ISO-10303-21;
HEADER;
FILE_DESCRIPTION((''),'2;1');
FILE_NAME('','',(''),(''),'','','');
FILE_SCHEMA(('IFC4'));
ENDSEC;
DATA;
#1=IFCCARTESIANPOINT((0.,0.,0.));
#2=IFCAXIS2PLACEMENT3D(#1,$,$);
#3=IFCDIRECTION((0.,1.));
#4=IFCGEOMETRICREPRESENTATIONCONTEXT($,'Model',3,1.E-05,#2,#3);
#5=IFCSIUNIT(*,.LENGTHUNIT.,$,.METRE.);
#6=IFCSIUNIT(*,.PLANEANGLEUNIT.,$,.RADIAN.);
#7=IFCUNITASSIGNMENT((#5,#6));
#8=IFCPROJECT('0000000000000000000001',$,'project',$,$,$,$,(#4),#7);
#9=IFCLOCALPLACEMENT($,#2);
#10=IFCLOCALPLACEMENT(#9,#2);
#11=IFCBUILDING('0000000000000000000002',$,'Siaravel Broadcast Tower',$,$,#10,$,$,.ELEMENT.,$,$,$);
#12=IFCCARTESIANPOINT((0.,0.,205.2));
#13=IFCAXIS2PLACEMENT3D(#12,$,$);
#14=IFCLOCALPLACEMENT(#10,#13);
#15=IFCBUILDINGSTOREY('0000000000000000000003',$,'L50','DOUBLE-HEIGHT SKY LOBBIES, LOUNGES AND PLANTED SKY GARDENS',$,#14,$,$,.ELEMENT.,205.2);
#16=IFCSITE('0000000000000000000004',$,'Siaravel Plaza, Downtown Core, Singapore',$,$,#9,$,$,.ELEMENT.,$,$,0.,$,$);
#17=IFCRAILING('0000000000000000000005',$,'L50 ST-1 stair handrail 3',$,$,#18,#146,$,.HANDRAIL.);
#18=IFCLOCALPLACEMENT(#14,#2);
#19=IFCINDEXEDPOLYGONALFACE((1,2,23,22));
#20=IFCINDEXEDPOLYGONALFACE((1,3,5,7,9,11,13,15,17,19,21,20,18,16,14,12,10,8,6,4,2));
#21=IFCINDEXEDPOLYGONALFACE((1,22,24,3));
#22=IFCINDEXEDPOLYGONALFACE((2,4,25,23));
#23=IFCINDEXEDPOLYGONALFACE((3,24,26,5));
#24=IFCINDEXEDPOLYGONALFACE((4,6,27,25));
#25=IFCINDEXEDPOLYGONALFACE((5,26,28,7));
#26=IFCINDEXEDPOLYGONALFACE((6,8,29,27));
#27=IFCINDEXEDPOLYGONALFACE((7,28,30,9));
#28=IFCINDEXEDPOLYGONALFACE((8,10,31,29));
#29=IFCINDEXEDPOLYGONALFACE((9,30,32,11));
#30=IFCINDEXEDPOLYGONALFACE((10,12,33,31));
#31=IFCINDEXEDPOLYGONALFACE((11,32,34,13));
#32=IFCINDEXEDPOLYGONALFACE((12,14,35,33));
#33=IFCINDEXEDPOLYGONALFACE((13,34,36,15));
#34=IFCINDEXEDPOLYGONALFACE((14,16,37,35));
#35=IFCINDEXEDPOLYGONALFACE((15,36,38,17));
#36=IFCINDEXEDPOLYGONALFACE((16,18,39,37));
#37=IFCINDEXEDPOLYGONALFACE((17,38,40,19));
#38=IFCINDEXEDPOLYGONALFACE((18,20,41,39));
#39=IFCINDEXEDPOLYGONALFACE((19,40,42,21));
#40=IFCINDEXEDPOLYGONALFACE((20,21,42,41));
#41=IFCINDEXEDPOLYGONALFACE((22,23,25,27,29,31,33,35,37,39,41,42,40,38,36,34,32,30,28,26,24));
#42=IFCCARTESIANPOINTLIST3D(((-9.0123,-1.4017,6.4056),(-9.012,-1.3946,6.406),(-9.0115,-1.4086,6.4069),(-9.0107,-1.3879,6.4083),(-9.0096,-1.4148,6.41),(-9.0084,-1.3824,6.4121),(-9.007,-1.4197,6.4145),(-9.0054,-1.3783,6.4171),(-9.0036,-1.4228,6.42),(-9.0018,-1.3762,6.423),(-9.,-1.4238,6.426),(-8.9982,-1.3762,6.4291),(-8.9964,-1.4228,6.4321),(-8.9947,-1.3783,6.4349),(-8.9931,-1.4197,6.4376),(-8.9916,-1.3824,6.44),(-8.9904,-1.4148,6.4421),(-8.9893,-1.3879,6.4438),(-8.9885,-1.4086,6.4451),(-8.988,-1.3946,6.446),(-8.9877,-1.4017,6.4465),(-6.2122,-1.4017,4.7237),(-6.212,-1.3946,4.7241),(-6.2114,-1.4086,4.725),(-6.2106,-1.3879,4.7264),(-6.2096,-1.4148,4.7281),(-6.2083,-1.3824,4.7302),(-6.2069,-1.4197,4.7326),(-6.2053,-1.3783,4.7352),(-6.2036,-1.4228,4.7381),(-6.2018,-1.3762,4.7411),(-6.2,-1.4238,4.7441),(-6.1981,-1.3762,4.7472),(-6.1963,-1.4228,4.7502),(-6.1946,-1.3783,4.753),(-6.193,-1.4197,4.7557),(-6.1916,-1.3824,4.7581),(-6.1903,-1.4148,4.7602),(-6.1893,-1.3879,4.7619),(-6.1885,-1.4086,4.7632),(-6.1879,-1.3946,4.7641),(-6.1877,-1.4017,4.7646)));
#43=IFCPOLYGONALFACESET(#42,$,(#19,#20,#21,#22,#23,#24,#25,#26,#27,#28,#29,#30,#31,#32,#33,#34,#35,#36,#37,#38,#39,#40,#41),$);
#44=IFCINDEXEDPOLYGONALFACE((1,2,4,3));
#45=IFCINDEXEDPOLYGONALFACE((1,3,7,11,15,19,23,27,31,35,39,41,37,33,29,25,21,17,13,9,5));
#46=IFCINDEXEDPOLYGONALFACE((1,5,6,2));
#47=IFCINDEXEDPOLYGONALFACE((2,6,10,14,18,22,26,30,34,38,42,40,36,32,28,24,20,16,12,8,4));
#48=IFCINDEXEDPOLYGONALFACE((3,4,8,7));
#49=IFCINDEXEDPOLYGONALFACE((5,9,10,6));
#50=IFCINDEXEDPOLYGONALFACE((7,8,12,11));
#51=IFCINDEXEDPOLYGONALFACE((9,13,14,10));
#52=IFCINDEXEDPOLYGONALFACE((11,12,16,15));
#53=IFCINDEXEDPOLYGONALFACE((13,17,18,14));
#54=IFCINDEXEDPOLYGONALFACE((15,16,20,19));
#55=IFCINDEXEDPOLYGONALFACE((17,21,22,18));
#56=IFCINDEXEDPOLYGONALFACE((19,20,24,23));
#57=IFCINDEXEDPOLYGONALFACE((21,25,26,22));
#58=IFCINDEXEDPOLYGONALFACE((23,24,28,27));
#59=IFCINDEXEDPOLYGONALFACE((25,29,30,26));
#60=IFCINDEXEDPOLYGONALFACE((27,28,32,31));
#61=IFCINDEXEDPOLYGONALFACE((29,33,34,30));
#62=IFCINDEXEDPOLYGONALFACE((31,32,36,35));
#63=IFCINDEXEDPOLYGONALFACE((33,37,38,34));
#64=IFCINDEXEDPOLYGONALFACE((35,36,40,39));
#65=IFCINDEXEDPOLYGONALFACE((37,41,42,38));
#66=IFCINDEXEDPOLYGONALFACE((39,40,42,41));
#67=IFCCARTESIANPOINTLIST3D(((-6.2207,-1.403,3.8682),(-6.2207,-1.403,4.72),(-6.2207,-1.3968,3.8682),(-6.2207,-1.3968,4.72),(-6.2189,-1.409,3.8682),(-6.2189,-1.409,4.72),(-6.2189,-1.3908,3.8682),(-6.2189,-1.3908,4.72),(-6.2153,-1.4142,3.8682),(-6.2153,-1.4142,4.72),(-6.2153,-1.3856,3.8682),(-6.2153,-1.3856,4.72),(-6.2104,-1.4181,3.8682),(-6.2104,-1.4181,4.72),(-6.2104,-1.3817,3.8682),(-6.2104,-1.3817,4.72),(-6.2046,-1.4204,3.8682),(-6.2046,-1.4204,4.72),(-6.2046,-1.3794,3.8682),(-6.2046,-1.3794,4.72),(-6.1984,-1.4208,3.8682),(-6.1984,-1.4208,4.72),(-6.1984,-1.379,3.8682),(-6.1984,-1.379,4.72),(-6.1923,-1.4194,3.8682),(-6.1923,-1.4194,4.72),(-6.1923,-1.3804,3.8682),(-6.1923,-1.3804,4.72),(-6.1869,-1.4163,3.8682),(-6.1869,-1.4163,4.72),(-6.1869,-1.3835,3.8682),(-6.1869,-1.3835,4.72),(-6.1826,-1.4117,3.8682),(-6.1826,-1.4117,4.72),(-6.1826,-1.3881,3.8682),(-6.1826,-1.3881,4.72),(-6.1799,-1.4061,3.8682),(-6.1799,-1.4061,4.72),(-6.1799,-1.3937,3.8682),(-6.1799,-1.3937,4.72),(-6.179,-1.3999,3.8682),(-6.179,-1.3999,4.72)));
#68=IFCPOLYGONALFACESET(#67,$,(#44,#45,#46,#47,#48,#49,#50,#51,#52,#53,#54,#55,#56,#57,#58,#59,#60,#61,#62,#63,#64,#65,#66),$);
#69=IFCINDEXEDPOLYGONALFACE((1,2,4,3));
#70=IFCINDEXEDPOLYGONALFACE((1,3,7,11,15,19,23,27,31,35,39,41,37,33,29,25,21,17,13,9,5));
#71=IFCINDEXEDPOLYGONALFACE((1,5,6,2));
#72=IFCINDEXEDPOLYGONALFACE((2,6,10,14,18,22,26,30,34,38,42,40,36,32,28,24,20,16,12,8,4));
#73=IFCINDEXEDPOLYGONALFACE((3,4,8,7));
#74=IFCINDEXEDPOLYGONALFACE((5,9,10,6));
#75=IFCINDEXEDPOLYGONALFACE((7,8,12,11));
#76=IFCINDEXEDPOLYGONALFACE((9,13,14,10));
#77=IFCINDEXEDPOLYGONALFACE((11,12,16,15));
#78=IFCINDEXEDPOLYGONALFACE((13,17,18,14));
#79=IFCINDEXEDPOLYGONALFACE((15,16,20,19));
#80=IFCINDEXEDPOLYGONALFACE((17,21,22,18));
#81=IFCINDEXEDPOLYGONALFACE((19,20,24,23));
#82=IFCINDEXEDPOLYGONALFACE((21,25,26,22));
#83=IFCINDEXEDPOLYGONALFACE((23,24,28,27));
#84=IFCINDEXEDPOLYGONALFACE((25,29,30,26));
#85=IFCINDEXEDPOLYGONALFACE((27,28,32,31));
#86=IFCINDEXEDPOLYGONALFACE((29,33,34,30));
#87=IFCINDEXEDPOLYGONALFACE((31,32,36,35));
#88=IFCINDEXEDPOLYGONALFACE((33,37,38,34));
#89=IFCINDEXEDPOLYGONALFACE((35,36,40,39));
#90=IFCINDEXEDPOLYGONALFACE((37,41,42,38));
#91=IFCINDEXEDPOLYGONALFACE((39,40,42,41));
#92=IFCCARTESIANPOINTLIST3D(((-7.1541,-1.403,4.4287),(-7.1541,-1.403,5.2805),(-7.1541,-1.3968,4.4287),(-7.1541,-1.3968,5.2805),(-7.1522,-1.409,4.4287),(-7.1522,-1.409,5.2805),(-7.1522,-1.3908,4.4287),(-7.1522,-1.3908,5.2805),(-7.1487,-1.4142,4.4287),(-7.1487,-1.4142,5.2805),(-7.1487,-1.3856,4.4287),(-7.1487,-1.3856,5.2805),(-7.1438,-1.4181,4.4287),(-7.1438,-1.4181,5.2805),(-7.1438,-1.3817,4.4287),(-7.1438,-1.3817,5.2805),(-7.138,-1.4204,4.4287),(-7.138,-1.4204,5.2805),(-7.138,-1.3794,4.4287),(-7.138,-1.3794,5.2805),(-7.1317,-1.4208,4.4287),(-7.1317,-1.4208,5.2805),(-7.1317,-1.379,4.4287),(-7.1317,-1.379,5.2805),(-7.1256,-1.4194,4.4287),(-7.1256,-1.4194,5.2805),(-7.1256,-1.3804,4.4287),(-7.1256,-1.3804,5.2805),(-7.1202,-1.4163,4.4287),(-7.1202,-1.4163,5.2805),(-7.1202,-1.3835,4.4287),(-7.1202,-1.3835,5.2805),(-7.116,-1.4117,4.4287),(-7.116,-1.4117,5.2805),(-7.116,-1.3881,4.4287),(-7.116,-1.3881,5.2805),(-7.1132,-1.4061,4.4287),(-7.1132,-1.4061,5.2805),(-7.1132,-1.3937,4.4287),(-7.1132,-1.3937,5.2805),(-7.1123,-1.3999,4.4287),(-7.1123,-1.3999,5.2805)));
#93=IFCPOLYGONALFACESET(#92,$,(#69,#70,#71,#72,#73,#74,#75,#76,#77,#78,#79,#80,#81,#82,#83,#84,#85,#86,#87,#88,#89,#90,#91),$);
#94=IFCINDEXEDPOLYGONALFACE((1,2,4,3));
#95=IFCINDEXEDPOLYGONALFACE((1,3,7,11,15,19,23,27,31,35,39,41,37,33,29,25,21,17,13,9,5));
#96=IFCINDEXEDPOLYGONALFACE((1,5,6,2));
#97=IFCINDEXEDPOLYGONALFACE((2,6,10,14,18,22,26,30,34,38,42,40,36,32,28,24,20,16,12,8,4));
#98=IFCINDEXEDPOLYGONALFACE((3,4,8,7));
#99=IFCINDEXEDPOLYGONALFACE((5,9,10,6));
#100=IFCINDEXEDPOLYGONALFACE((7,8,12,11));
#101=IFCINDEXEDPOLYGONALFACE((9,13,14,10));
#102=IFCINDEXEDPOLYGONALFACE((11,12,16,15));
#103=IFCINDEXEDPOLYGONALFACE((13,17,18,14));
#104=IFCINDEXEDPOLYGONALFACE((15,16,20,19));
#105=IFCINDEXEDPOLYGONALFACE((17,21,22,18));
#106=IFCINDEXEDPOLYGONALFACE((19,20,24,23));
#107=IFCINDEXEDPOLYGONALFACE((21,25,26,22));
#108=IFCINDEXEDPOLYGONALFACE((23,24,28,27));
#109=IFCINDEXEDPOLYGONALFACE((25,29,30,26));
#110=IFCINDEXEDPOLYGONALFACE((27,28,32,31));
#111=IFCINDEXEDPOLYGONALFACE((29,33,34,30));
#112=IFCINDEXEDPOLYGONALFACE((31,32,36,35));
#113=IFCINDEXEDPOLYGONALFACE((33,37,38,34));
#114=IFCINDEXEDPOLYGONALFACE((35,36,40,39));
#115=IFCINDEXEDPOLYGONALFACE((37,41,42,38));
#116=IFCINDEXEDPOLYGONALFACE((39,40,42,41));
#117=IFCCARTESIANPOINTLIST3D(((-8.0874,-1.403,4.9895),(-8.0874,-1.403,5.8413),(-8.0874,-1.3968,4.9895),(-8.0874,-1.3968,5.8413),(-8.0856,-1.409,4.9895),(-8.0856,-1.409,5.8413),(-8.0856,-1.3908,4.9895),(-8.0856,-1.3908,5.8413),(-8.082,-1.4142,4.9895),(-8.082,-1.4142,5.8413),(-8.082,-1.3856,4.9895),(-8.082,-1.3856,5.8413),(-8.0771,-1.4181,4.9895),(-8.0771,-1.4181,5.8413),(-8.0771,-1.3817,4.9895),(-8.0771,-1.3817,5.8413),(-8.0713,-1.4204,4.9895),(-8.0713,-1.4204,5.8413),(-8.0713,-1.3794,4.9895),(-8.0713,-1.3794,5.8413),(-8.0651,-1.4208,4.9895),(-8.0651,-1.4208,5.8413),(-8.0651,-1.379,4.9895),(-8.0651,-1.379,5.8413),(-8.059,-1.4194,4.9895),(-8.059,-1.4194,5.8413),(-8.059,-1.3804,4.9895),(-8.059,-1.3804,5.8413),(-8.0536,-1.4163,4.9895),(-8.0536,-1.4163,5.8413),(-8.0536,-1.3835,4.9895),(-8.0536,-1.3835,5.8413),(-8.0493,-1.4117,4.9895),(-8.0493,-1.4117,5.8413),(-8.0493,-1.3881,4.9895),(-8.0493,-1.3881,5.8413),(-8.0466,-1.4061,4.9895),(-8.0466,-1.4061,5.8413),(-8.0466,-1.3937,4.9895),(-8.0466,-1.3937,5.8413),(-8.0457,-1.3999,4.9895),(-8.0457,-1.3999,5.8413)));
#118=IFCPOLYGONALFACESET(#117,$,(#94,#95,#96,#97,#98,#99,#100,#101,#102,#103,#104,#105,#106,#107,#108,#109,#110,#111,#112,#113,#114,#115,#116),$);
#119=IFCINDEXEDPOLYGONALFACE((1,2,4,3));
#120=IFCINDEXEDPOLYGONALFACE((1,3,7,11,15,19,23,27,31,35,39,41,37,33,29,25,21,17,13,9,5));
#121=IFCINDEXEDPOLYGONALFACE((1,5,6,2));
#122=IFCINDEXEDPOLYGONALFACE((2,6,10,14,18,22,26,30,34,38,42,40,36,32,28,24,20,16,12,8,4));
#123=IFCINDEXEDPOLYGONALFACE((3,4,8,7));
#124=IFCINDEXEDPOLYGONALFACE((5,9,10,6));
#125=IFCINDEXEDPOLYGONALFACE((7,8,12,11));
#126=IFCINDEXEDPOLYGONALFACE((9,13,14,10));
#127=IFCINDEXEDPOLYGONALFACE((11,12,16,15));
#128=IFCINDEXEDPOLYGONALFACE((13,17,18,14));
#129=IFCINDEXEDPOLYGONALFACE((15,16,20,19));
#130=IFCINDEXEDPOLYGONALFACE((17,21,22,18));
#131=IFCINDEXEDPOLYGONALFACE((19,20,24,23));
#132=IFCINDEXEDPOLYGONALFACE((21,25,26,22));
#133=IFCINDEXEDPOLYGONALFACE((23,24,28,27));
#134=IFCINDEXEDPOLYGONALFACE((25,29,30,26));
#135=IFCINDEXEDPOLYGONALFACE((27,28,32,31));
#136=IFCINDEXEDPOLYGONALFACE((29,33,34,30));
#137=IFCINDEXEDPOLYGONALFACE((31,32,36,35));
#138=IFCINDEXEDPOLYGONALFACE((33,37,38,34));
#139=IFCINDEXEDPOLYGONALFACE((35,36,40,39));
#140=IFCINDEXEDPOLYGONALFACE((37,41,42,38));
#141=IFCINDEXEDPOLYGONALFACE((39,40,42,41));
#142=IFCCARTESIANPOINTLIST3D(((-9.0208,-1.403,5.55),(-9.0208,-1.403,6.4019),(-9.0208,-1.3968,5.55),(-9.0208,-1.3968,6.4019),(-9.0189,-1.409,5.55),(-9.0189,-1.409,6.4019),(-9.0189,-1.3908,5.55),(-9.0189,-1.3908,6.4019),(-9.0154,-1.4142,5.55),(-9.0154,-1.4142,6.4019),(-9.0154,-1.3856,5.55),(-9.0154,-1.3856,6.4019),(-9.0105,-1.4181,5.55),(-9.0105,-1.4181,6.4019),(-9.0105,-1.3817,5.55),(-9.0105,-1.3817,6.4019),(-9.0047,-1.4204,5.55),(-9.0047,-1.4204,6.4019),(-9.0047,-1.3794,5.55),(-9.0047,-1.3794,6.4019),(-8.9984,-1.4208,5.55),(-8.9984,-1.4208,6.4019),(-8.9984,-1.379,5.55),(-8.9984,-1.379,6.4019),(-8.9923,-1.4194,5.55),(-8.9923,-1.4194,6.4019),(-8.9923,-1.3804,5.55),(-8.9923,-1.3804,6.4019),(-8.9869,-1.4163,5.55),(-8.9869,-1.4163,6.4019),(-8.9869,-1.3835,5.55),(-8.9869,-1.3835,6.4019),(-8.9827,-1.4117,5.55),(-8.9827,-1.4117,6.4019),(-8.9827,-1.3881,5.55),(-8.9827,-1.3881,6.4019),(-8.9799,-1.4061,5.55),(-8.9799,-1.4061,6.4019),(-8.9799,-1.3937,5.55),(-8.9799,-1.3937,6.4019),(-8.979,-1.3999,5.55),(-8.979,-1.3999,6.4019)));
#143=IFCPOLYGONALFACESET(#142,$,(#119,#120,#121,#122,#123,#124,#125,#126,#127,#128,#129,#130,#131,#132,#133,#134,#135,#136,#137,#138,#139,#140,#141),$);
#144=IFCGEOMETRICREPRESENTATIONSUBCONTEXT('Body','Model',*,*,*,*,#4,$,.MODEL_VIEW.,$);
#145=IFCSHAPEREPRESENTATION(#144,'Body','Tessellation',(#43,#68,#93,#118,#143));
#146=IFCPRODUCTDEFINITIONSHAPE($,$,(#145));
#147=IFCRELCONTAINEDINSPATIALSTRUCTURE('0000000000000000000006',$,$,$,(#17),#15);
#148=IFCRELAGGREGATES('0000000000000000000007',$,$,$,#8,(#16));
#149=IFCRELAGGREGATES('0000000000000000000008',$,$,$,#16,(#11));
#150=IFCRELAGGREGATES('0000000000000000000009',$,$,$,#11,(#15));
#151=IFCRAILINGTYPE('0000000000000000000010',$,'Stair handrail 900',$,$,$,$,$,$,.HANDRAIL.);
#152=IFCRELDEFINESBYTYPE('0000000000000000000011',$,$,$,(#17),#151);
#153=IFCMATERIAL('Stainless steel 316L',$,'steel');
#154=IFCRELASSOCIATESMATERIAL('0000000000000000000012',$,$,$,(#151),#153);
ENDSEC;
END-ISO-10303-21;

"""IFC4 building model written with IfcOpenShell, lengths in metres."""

from ifc_helpers import new_model, si_unit, direction, frame, origin, origin_2d, place, context, subcontext, project, spatial, circle, extrude, material, type_object, element, save


model = new_model("IFC4")

# Units and contexts
model_context = context("Model", 3, precision=1e-05, world=origin(), true_north=direction((0.0, 1.0)))
body_context = subcontext(model_context, "Body", "Model", "MODEL_VIEW")
ifc_project = project(units=[si_unit("LENGTHUNIT", "METRE"), si_unit("PLANEANGLEUNIT", "RADIAN")], contexts=[model_context])

# Site, building, storey
site_placement = place(None, origin())
site = spatial("IfcSite", under=ifc_project, at=site_placement, Name="Siaravel Plaza, Downtown Core, Singapore", CompositionType="ELEMENT", RefElevation=0.0)
building_placement = place(site_placement, origin())
building = spatial("IfcBuilding", under=site, at=building_placement, Name="Siaravel Broadcast Tower", CompositionType="ELEMENT")
storey_placement = place(building_placement, frame((0.0, 0.0, 205.2)))
storey = spatial("IfcBuildingStorey", under=building, at=storey_placement, Name="L50", Description="DOUBLE-HEIGHT SKY LOBBIES, LOUNGES AND PLANTED SKY GARDENS", CompositionType="ELEMENT", Elevation=205.2)

# Shared definitions
ifc_material_1 = material(Name="Stainless steel 316L", Category="steel")

# Railing
railing_type_1 = type_object("IfcRailingType", Name="Stair handrail 900", PredefinedType="HANDRAIL", material=ifc_material_1)
railing_1_placement = place(storey_placement, frame((-6.2, -1.3999, 3.8682)))
element("IfcRailing", 1, at=railing_1_placement, inside=storey, type_object=railing_type_1, Name="L50 ST-1 stair handrail 3", PredefinedType="HANDRAIL", context=body_context, shape_type="SweptSolid", body=[
    extrude(circle(Radius=0.0239, at=origin_2d()), frame((0.0, 0.0, 0.876), z_axis=(-0.857242, 0.0, 0.514913), x_axis=(0.0, -1.0, 0.0)), (0.0, 0.0, 1.0), 3.2664),
    extrude(circle(Radius=0.021, at=origin_2d()), origin(), (0.0, 0.0, 1.0), 0.8518),
    extrude(circle(Radius=0.021, at=origin_2d()), frame((-0.9333, 0.0, 0.5605)), (0.0, 0.0, 1.0), 0.8518),
    extrude(circle(Radius=0.021, at=origin_2d()), frame((-1.8667, 0.0, 1.1213)), (0.0, 0.0, 1.0), 0.8518),
    extrude(circle(Radius=0.021, at=origin_2d()), frame((-2.8, 0.0, 1.6819)), (0.0, 0.0, 1.0), 0.8518),
])

save(model, "model.ifc")
